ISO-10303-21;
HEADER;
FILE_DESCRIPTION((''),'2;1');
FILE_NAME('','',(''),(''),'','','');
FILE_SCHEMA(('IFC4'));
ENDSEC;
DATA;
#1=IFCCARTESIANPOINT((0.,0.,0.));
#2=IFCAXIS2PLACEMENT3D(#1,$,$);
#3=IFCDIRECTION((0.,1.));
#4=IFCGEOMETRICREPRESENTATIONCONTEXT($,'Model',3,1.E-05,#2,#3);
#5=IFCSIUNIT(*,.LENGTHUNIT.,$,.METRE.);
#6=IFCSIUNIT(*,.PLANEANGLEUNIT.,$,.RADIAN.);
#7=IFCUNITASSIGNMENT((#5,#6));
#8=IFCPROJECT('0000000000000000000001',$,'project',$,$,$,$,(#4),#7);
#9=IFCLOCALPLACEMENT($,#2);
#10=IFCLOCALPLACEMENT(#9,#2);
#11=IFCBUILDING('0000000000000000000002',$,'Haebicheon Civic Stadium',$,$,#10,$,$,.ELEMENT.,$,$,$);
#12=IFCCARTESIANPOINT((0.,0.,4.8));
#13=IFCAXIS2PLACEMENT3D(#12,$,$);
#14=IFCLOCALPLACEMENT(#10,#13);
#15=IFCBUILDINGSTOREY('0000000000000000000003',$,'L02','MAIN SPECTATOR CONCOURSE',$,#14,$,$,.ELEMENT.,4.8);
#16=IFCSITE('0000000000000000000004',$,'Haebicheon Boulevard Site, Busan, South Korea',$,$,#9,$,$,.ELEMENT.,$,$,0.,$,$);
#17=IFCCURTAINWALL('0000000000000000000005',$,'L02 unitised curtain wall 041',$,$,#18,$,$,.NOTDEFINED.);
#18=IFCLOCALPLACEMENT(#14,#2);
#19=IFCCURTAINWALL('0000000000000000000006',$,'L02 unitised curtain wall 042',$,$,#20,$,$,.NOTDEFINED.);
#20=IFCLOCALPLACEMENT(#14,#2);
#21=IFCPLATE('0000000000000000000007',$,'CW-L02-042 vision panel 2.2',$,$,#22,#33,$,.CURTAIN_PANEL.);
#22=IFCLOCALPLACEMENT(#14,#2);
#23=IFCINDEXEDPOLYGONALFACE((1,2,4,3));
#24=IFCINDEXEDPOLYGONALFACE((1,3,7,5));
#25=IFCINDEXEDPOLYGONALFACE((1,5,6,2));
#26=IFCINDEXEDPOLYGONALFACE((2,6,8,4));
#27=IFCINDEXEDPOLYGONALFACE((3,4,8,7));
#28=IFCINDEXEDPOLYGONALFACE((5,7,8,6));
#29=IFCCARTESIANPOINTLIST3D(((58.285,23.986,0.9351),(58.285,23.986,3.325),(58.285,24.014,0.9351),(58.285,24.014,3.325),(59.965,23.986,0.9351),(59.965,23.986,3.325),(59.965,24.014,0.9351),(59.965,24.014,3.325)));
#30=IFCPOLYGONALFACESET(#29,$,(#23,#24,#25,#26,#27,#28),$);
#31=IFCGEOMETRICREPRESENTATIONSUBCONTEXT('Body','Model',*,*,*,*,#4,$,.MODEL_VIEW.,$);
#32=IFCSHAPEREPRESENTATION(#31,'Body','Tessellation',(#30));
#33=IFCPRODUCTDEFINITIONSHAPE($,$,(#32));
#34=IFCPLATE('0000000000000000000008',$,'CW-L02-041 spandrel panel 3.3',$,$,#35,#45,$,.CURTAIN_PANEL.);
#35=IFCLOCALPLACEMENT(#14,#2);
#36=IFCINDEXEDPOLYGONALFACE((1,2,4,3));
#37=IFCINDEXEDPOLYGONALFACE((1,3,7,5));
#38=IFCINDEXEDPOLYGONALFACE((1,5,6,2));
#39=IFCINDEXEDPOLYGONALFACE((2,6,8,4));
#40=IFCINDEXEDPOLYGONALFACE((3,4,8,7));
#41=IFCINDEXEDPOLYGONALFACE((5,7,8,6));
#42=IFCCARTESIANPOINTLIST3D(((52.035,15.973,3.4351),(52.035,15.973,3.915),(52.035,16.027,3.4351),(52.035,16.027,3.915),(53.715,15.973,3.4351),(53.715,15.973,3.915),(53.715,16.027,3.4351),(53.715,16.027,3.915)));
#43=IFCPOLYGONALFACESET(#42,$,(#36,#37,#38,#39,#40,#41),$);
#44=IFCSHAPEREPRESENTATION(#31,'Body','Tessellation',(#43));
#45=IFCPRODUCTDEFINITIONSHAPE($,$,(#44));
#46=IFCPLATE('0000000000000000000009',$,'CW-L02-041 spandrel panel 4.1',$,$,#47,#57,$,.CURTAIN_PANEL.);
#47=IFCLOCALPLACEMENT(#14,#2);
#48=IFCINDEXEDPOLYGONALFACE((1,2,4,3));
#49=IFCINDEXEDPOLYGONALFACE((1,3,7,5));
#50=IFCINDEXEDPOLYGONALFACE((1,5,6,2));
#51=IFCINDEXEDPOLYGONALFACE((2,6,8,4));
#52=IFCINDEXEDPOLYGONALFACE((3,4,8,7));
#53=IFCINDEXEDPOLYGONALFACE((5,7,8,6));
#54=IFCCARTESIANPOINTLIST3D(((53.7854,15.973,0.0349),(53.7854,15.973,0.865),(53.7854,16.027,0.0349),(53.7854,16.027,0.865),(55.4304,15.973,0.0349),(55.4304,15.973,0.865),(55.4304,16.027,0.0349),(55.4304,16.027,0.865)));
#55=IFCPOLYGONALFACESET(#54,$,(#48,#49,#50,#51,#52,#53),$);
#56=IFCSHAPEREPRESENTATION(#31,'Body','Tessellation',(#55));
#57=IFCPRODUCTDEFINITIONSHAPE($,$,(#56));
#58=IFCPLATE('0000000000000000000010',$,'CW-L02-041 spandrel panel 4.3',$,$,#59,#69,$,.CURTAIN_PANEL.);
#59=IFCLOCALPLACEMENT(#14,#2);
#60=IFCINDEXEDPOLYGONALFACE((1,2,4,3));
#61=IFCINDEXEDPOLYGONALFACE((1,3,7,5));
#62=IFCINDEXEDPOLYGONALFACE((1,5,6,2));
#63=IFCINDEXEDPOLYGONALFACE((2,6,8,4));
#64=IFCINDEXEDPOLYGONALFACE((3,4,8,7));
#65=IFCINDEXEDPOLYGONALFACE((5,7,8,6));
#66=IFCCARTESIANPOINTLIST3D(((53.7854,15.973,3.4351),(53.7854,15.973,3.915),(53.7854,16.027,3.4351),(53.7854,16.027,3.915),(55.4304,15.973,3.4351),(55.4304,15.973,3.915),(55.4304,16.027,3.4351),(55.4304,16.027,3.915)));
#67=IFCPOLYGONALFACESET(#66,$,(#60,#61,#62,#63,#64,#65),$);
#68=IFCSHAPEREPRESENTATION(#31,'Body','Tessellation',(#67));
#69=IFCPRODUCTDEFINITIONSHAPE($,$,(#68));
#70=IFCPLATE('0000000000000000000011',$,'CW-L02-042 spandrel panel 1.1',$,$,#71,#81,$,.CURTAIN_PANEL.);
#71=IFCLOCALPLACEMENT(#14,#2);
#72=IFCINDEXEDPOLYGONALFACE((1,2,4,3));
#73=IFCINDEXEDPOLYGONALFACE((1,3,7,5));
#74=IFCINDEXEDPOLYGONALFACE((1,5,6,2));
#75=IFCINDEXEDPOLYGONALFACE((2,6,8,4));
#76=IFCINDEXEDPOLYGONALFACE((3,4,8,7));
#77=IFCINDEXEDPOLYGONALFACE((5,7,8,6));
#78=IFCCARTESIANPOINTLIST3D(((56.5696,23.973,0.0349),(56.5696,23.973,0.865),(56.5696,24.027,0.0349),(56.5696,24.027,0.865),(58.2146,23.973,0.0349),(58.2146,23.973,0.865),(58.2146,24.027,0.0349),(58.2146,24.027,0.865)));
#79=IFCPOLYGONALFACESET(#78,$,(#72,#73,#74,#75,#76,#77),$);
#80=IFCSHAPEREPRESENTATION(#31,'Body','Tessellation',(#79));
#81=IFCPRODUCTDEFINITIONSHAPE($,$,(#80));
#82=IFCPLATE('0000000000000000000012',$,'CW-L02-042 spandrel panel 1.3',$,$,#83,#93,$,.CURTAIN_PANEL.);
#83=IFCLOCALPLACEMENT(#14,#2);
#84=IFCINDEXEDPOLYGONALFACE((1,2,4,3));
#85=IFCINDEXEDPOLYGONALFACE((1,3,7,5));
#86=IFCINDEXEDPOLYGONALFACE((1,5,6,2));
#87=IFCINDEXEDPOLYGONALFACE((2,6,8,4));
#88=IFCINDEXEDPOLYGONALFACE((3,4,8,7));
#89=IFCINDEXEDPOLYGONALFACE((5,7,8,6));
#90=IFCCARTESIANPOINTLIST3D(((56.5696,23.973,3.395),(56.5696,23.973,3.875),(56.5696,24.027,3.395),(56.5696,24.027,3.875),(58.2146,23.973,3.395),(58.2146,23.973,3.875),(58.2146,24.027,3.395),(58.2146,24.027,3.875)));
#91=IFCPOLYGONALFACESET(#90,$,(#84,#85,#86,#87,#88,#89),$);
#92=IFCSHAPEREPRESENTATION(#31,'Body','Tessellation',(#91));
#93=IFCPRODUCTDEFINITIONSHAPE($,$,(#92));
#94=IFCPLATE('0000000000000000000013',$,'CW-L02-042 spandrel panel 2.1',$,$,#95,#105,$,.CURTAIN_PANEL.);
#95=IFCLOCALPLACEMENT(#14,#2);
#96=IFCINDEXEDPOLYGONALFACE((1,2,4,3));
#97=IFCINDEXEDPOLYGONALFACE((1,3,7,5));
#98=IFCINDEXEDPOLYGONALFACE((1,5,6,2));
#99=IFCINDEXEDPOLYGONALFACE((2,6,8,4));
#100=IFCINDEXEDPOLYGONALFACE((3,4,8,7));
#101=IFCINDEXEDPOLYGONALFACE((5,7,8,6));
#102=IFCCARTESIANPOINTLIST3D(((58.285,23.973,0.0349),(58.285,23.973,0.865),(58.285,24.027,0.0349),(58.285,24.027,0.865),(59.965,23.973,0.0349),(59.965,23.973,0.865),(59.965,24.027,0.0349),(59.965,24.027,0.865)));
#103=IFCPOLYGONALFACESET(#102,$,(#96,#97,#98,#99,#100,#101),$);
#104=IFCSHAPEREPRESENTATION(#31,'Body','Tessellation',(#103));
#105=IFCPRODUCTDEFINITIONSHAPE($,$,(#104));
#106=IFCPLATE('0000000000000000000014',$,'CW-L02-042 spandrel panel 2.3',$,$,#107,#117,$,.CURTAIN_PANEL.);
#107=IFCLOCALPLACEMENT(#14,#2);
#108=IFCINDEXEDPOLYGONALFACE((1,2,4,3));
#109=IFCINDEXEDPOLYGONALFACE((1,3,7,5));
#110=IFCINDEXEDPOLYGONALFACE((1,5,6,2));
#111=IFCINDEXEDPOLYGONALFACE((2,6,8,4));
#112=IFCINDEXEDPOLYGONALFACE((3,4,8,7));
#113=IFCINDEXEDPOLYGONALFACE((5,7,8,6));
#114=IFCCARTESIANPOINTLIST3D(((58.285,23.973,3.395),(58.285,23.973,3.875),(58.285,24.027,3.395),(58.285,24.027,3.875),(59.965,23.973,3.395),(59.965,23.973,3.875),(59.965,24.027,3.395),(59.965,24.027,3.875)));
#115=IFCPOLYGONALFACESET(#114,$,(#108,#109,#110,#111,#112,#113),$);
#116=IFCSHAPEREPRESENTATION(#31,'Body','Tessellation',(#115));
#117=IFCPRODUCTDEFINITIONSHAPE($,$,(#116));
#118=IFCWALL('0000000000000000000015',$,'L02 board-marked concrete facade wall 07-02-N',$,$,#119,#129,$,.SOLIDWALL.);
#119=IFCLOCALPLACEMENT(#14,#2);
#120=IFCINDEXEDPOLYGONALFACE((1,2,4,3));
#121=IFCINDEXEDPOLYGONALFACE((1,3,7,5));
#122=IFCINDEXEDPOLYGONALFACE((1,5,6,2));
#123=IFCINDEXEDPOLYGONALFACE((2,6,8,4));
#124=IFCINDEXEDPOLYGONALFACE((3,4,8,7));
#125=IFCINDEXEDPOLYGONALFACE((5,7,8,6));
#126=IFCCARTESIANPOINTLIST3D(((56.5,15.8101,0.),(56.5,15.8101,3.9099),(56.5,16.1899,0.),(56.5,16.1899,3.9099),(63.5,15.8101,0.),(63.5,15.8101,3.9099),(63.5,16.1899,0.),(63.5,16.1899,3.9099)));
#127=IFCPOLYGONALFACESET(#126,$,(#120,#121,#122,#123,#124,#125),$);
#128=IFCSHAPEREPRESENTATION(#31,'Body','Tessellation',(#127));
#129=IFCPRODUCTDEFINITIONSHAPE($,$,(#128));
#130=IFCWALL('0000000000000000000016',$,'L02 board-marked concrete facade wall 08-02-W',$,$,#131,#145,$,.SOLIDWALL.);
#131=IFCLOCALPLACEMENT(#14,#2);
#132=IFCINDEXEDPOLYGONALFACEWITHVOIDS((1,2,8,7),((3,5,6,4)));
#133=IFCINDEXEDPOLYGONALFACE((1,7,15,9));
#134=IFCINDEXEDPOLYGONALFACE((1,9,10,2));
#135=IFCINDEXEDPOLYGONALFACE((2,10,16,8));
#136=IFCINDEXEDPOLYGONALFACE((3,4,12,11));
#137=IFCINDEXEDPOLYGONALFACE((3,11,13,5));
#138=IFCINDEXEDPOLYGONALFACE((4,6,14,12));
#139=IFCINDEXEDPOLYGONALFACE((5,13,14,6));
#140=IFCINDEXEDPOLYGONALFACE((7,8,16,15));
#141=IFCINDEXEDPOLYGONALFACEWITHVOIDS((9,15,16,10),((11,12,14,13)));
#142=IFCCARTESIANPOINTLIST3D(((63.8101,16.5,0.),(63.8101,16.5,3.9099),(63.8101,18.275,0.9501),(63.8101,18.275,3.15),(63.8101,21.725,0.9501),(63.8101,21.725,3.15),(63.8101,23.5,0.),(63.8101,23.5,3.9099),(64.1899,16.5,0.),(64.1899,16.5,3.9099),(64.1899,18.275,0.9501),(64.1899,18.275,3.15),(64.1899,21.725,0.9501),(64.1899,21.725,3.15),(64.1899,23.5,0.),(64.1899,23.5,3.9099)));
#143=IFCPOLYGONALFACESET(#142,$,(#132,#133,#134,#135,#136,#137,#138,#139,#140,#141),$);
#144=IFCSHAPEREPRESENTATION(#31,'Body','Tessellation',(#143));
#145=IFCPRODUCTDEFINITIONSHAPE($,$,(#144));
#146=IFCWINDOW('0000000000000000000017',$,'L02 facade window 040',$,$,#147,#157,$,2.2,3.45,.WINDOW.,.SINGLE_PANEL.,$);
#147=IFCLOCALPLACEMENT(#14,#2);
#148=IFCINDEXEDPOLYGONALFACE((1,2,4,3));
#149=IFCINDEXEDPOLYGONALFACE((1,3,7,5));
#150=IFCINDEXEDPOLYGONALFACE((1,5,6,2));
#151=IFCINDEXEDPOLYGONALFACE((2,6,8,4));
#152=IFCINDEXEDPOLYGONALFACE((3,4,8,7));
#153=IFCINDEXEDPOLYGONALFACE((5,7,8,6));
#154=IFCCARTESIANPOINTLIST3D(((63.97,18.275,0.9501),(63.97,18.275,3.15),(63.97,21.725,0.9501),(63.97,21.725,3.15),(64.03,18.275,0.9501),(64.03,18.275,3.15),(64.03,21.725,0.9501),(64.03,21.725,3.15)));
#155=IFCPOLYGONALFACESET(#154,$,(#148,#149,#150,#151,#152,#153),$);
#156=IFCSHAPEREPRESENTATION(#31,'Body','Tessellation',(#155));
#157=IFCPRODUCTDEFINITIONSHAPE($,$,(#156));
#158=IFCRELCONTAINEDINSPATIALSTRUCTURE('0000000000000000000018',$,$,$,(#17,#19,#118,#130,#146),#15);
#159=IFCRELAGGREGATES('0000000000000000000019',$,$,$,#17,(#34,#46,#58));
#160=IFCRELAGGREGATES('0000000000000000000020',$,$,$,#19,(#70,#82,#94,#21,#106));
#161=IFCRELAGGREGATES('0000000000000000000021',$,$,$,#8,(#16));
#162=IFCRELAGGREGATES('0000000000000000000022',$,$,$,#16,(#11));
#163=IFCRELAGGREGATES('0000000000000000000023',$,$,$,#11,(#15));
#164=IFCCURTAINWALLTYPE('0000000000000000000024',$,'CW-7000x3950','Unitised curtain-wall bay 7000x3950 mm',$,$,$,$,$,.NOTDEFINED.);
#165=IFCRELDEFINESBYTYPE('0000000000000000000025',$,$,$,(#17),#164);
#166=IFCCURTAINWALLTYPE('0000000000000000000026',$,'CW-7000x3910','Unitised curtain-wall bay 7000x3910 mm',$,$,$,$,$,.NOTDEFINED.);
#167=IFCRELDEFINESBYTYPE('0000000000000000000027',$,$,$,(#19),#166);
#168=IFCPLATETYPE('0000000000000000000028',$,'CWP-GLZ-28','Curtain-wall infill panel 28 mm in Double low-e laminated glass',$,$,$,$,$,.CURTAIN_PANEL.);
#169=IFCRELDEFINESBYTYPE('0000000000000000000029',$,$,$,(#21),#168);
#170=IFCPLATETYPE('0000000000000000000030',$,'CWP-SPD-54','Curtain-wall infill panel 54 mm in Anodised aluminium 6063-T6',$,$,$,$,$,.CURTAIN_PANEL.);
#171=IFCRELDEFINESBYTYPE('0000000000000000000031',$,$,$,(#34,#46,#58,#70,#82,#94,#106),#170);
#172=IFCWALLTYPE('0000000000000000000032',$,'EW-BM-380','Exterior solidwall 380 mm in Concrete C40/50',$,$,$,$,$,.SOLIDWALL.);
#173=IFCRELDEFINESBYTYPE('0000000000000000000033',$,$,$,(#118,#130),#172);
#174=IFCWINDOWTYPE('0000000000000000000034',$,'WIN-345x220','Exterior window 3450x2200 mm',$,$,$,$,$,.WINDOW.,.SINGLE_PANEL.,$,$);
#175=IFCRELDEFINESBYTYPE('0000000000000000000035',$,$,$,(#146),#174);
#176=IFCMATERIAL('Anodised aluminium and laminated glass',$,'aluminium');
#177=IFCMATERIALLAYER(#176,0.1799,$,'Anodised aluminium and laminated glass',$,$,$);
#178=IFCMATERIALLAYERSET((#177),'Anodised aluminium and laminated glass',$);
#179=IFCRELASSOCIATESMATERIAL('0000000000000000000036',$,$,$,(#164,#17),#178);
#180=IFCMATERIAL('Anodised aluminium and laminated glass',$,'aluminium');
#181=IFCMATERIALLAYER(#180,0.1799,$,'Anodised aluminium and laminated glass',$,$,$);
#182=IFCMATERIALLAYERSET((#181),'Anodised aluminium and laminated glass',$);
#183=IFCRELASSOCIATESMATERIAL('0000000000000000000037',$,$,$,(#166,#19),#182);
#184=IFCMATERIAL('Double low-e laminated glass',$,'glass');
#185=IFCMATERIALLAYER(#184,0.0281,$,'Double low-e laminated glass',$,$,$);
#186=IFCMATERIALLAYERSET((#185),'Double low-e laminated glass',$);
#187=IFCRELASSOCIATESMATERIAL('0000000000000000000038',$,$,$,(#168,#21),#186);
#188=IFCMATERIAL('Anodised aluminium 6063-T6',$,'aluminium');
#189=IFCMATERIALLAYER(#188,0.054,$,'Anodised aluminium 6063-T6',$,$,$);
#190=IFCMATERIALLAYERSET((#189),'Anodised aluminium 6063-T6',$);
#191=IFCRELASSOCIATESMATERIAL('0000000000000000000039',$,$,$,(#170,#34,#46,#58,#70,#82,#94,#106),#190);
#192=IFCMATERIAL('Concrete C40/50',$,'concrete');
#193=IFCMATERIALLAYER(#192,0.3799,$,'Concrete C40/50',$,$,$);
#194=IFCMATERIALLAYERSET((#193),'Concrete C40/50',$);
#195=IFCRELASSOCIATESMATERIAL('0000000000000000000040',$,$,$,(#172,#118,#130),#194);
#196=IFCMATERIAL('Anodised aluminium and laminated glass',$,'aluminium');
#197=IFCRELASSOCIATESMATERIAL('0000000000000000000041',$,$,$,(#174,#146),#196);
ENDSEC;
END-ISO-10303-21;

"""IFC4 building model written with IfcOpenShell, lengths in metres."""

from ifc_helpers import new_model, si_unit, direction, frame, frame_2d, origin, origin_2d, place, context, subcontext, project, spatial, rectangle, extrude, material, layer, layer_set, type_object, element, fill, aggregate, save


model = new_model("IFC4")

# Units and contexts
model_context = context("Model", 3, precision=1e-05, world=origin(), true_north=direction((0.0, 1.0)))
body_context = subcontext(model_context, "Body", "Model", "MODEL_VIEW")
ifc_project = project(units=[si_unit("LENGTHUNIT", "METRE"), si_unit("PLANEANGLEUNIT", "RADIAN")], contexts=[model_context])

# Site, building, storey
site_placement = place(None, origin())
site = spatial("IfcSite", under=ifc_project, at=site_placement, Name="Haebicheon Boulevard Site, Busan, South Korea", CompositionType="ELEMENT", RefElevation=0.0)
building_placement = place(site_placement, origin())
building = spatial("IfcBuilding", under=site, at=building_placement, Name="Haebicheon Civic Stadium", CompositionType="ELEMENT")
storey_placement = place(building_placement, frame((0.0, 0.0, 4.8)))
storey = spatial("IfcBuildingStorey", under=building, at=storey_placement, Name="L02", Description="MAIN SPECTATOR CONCOURSE", CompositionType="ELEMENT", Elevation=4.8)

# Curtain walls
ifc_material_1 = material(Name="Anodised aluminium and laminated glass", Category="aluminium")
ifc_layer_1 = layer(ifc_material_1, 0.1799, Name="Anodised aluminium and laminated glass")
ifc_layer_set_1 = layer_set([ifc_layer_1], Name="Anodised aluminium and laminated glass")
curtain_wall_type_1 = type_object("IfcCurtainWallType", Name="CW-7000x3950", Description="Unitised curtain-wall bay 7000x3950 mm", PredefinedType="NOTDEFINED", material=ifc_layer_set_1)
curtain_wall_1_placement = place(storey_placement, origin())
curtain_wall_1 = element("IfcCurtainWall", 1, at=curtain_wall_1_placement, inside=storey, type_object=curtain_wall_type_1, material=ifc_layer_set_1, Name="L02 unitised curtain wall 041", PredefinedType="NOTDEFINED")
ifc_material_2 = material(Name="Anodised aluminium and laminated glass", Category="aluminium")
ifc_layer_2 = layer(ifc_material_2, 0.1799, Name="Anodised aluminium and laminated glass")
ifc_layer_set_2 = layer_set([ifc_layer_2], Name="Anodised aluminium and laminated glass")
curtain_wall_type_2 = type_object("IfcCurtainWallType", Name="CW-7000x3910", Description="Unitised curtain-wall bay 7000x3910 mm", PredefinedType="NOTDEFINED", material=ifc_layer_set_2)
curtain_wall_2_placement = place(storey_placement, origin())
curtain_wall_2 = element("IfcCurtainWall", 2, at=curtain_wall_2_placement, inside=storey, type_object=curtain_wall_type_2, material=ifc_layer_set_2, Name="L02 unitised curtain wall 042", PredefinedType="NOTDEFINED")

# Plates
ifc_material_3 = material(Name="Double low-e laminated glass", Category="glass")
ifc_layer_3 = layer(ifc_material_3, 0.0281, Name="Double low-e laminated glass")
ifc_layer_set_3 = layer_set([ifc_layer_3], Name="Double low-e laminated glass")
plate_type_1 = type_object("IfcPlateType", Name="CWP-GLZ-28", Description="Curtain-wall infill panel 28 mm in Double low-e laminated glass", PredefinedType="CURTAIN_PANEL", material=ifc_layer_set_3)
plate_1_placement = place(storey_placement, frame((59.125, 24.0, 0.9351), z_axis=(0.0, 0.0, 1.0), x_axis=(1.0, 0.0, 0.0)))
plate_1 = element("IfcPlate", 3, at=plate_1_placement, type_object=plate_type_1, material=ifc_layer_set_3, Name="CW-L02-042 vision panel 2.2", PredefinedType="CURTAIN_PANEL", context=body_context, shape_type="SweptSolid", body=[
    extrude(rectangle(XDim=1.6799, YDim=0.0281, at=origin_2d()), origin(), (0.0, 0.0, 1.0), 2.3899),
])
ifc_material_4 = material(Name="Anodised aluminium 6063-T6", Category="aluminium")
ifc_layer_4 = layer(ifc_material_4, 0.054, Name="Anodised aluminium 6063-T6")
ifc_layer_set_4 = layer_set([ifc_layer_4], Name="Anodised aluminium 6063-T6")
plate_type_2 = type_object("IfcPlateType", Name="CWP-SPD-54", Description="Curtain-wall infill panel 54 mm in Anodised aluminium 6063-T6", PredefinedType="CURTAIN_PANEL", material=ifc_layer_set_4)
plate_2_placement = place(storey_placement, frame((52.875, 16.0, 3.4351), z_axis=(0.0, 0.0, 1.0), x_axis=(1.0, 0.0, 0.0)))
plate_2 = element("IfcPlate", 4, at=plate_2_placement, type_object=plate_type_2, material=ifc_layer_set_4, Name="CW-L02-041 spandrel panel 3.3", PredefinedType="CURTAIN_PANEL", context=body_context, shape_type="SweptSolid", body=[
    extrude(rectangle(XDim=1.6799, YDim=0.054, at=origin_2d()), origin(), (0.0, 0.0, 1.0), 0.48),
])
plate_3_placement = place(storey_placement, frame((54.6079, 16.0, 0.0349), z_axis=(0.0, 0.0, 1.0), x_axis=(1.0, 0.0, 0.0)))
plate_3 = element("IfcPlate", 5, at=plate_3_placement, type_object=plate_type_2, material=ifc_layer_set_4, Name="CW-L02-041 spandrel panel 4.1", PredefinedType="CURTAIN_PANEL", context=body_context, shape_type="SweptSolid", body=[
    extrude(rectangle(XDim=1.645, YDim=0.054, at=origin_2d()), origin(), (0.0, 0.0, 1.0), 0.8301),
])
plate_4_placement = place(storey_placement, frame((54.6079, 16.0, 3.4351), z_axis=(0.0, 0.0, 1.0), x_axis=(1.0, 0.0, 0.0)))
plate_4 = element("IfcPlate", 6, at=plate_4_placement, type_object=plate_type_2, material=ifc_layer_set_4, Name="CW-L02-041 spandrel panel 4.3", PredefinedType="CURTAIN_PANEL", context=body_context, shape_type="SweptSolid", body=[
    extrude(rectangle(XDim=1.645, YDim=0.054, at=origin_2d()), origin(), (0.0, 0.0, 1.0), 0.48),
])
aggregate(curtain_wall_1, [plate_2, plate_3, plate_4])
plate_5_placement = place(storey_placement, frame((57.3921, 24.0, 0.0349), z_axis=(0.0, 0.0, 1.0), x_axis=(1.0, 0.0, 0.0)))
plate_5 = element("IfcPlate", 7, at=plate_5_placement, type_object=plate_type_2, material=ifc_layer_set_4, Name="CW-L02-042 spandrel panel 1.1", PredefinedType="CURTAIN_PANEL", context=body_context, shape_type="SweptSolid", body=[
    extrude(rectangle(XDim=1.645, YDim=0.054, at=origin_2d()), origin(), (0.0, 0.0, 1.0), 0.8301),
])
plate_6_placement = place(storey_placement, frame((57.3921, 24.0, 3.395), z_axis=(0.0, 0.0, 1.0), x_axis=(1.0, 0.0, 0.0)))
plate_6 = element("IfcPlate", 8, at=plate_6_placement, type_object=plate_type_2, material=ifc_layer_set_4, Name="CW-L02-042 spandrel panel 1.3", PredefinedType="CURTAIN_PANEL", context=body_context, shape_type="SweptSolid", body=[
    extrude(rectangle(XDim=1.645, YDim=0.054, at=origin_2d()), origin(), (0.0, 0.0, 1.0), 0.48),
])
plate_7_placement = place(storey_placement, frame((59.125, 24.0, 0.0349), z_axis=(0.0, 0.0, 1.0), x_axis=(1.0, 0.0, 0.0)))
plate_7 = element("IfcPlate", 9, at=plate_7_placement, type_object=plate_type_2, material=ifc_layer_set_4, Name="CW-L02-042 spandrel panel 2.1", PredefinedType="CURTAIN_PANEL", context=body_context, shape_type="SweptSolid", body=[
    extrude(rectangle(XDim=1.6799, YDim=0.054, at=origin_2d()), origin(), (0.0, 0.0, 1.0), 0.8301),
])
plate_8_placement = place(storey_placement, frame((59.125, 24.0, 3.395), z_axis=(0.0, 0.0, 1.0), x_axis=(1.0, 0.0, 0.0)))
plate_8 = element("IfcPlate", 10, at=plate_8_placement, type_object=plate_type_2, material=ifc_layer_set_4, Name="CW-L02-042 spandrel panel 2.3", PredefinedType="CURTAIN_PANEL", context=body_context, shape_type="SweptSolid", body=[
    extrude(rectangle(XDim=1.6799, YDim=0.054, at=origin_2d()), origin(), (0.0, 0.0, 1.0), 0.48),
])
aggregate(curtain_wall_2, [plate_5, plate_6, plate_7, plate_1, plate_8])

# Wall
ifc_material_5 = material(Name="Concrete C40/50", Category="concrete")
ifc_layer_5 = layer(ifc_material_5, 0.3799, Name="Concrete C40/50")
ifc_layer_set_5 = layer_set([ifc_layer_5], Name="Concrete C40/50")
wall_type = type_object("IfcWallType", Name="EW-BM-380", Description="Exterior solidwall 380 mm in Concrete C40/50", PredefinedType="SOLIDWALL", material=ifc_layer_set_5)
wall_1_placement = place(storey_placement, frame((56.5, 16.0, 0.0), z_axis=(0.0, 0.0, 1.0), x_axis=(1.0, 0.0, 0.0)))
element("IfcWall", 11, at=wall_1_placement, inside=storey, type_object=wall_type, material=ifc_layer_set_5, Name="L02 board-marked concrete facade wall 07-02-N", PredefinedType="SOLIDWALL", context=body_context, shape_type="SweptSolid", body=[
    extrude(rectangle(XDim=7.0, YDim=0.3799, at=frame_2d((3.5, 0.0))), origin(), (0.0, 0.0, 1.0), 3.9099),
])

# Wall, opening, window
wall_2_placement = place(storey_placement, frame((64.0, 16.5, 0.0), z_axis=(0.0, 0.0, 1.0), x_axis=(0.0, 1.0, 0.0)))
wall_2 = element("IfcWall", 12, at=wall_2_placement, inside=storey, type_object=wall_type, material=ifc_layer_set_5, Name="L02 board-marked concrete facade wall 08-02-W", PredefinedType="SOLIDWALL", context=body_context, shape_type="SweptSolid", body=[
    extrude(rectangle(XDim=7.0, YDim=0.3799, at=frame_2d((3.5, 0.0))), origin(), (0.0, 0.0, 1.0), 3.9099),
])
opening_placement = place(wall_2_placement, frame((1.7749, 0.0, 0.95)))
opening = element("IfcOpeningElement", 13, at=opening_placement, cuts=wall_2, PredefinedType="OPENING", context=body_context, shape_type="SweptSolid", body=[
    extrude(rectangle(XDim=3.45, YDim=2.2, at=frame_2d((1.7251, 1.1001))), frame((0.0, 0.2, 0.0), z_axis=(0.0, -1.0, 0.0), x_axis=(1.0, 0.0, 0.0)), (0.0, 0.0, 1.0), 0.3999),
])
ifc_material_6 = material(Name="Anodised aluminium and laminated glass", Category="aluminium")
window_type = type_object("IfcWindowType", Name="WIN-345x220", Description="Exterior window 3450x2200 mm", PartitioningType="SINGLE_PANEL", PredefinedType="WINDOW", material=ifc_material_6)
window_placement = place(opening_placement, origin())
window = element("IfcWindow", 14, at=window_placement, inside=storey, type_object=window_type, material=ifc_material_6, Name="L02 facade window 040", OverallHeight=2.2, OverallWidth=3.45, PartitioningType="SINGLE_PANEL", PredefinedType="WINDOW", context=body_context, shape_type="SweptSolid", body=[
    extrude(rectangle(XDim=3.45, YDim=2.2, at=frame_2d((1.7251, 1.1001))), frame((0.0, 0.03, 0.0), z_axis=(0.0, -1.0, 0.0), x_axis=(1.0, 0.0, 0.0)), (0.0, 0.0, 1.0), 0.0601),
])
fill(opening, window)

save(model, "model.ifc")
